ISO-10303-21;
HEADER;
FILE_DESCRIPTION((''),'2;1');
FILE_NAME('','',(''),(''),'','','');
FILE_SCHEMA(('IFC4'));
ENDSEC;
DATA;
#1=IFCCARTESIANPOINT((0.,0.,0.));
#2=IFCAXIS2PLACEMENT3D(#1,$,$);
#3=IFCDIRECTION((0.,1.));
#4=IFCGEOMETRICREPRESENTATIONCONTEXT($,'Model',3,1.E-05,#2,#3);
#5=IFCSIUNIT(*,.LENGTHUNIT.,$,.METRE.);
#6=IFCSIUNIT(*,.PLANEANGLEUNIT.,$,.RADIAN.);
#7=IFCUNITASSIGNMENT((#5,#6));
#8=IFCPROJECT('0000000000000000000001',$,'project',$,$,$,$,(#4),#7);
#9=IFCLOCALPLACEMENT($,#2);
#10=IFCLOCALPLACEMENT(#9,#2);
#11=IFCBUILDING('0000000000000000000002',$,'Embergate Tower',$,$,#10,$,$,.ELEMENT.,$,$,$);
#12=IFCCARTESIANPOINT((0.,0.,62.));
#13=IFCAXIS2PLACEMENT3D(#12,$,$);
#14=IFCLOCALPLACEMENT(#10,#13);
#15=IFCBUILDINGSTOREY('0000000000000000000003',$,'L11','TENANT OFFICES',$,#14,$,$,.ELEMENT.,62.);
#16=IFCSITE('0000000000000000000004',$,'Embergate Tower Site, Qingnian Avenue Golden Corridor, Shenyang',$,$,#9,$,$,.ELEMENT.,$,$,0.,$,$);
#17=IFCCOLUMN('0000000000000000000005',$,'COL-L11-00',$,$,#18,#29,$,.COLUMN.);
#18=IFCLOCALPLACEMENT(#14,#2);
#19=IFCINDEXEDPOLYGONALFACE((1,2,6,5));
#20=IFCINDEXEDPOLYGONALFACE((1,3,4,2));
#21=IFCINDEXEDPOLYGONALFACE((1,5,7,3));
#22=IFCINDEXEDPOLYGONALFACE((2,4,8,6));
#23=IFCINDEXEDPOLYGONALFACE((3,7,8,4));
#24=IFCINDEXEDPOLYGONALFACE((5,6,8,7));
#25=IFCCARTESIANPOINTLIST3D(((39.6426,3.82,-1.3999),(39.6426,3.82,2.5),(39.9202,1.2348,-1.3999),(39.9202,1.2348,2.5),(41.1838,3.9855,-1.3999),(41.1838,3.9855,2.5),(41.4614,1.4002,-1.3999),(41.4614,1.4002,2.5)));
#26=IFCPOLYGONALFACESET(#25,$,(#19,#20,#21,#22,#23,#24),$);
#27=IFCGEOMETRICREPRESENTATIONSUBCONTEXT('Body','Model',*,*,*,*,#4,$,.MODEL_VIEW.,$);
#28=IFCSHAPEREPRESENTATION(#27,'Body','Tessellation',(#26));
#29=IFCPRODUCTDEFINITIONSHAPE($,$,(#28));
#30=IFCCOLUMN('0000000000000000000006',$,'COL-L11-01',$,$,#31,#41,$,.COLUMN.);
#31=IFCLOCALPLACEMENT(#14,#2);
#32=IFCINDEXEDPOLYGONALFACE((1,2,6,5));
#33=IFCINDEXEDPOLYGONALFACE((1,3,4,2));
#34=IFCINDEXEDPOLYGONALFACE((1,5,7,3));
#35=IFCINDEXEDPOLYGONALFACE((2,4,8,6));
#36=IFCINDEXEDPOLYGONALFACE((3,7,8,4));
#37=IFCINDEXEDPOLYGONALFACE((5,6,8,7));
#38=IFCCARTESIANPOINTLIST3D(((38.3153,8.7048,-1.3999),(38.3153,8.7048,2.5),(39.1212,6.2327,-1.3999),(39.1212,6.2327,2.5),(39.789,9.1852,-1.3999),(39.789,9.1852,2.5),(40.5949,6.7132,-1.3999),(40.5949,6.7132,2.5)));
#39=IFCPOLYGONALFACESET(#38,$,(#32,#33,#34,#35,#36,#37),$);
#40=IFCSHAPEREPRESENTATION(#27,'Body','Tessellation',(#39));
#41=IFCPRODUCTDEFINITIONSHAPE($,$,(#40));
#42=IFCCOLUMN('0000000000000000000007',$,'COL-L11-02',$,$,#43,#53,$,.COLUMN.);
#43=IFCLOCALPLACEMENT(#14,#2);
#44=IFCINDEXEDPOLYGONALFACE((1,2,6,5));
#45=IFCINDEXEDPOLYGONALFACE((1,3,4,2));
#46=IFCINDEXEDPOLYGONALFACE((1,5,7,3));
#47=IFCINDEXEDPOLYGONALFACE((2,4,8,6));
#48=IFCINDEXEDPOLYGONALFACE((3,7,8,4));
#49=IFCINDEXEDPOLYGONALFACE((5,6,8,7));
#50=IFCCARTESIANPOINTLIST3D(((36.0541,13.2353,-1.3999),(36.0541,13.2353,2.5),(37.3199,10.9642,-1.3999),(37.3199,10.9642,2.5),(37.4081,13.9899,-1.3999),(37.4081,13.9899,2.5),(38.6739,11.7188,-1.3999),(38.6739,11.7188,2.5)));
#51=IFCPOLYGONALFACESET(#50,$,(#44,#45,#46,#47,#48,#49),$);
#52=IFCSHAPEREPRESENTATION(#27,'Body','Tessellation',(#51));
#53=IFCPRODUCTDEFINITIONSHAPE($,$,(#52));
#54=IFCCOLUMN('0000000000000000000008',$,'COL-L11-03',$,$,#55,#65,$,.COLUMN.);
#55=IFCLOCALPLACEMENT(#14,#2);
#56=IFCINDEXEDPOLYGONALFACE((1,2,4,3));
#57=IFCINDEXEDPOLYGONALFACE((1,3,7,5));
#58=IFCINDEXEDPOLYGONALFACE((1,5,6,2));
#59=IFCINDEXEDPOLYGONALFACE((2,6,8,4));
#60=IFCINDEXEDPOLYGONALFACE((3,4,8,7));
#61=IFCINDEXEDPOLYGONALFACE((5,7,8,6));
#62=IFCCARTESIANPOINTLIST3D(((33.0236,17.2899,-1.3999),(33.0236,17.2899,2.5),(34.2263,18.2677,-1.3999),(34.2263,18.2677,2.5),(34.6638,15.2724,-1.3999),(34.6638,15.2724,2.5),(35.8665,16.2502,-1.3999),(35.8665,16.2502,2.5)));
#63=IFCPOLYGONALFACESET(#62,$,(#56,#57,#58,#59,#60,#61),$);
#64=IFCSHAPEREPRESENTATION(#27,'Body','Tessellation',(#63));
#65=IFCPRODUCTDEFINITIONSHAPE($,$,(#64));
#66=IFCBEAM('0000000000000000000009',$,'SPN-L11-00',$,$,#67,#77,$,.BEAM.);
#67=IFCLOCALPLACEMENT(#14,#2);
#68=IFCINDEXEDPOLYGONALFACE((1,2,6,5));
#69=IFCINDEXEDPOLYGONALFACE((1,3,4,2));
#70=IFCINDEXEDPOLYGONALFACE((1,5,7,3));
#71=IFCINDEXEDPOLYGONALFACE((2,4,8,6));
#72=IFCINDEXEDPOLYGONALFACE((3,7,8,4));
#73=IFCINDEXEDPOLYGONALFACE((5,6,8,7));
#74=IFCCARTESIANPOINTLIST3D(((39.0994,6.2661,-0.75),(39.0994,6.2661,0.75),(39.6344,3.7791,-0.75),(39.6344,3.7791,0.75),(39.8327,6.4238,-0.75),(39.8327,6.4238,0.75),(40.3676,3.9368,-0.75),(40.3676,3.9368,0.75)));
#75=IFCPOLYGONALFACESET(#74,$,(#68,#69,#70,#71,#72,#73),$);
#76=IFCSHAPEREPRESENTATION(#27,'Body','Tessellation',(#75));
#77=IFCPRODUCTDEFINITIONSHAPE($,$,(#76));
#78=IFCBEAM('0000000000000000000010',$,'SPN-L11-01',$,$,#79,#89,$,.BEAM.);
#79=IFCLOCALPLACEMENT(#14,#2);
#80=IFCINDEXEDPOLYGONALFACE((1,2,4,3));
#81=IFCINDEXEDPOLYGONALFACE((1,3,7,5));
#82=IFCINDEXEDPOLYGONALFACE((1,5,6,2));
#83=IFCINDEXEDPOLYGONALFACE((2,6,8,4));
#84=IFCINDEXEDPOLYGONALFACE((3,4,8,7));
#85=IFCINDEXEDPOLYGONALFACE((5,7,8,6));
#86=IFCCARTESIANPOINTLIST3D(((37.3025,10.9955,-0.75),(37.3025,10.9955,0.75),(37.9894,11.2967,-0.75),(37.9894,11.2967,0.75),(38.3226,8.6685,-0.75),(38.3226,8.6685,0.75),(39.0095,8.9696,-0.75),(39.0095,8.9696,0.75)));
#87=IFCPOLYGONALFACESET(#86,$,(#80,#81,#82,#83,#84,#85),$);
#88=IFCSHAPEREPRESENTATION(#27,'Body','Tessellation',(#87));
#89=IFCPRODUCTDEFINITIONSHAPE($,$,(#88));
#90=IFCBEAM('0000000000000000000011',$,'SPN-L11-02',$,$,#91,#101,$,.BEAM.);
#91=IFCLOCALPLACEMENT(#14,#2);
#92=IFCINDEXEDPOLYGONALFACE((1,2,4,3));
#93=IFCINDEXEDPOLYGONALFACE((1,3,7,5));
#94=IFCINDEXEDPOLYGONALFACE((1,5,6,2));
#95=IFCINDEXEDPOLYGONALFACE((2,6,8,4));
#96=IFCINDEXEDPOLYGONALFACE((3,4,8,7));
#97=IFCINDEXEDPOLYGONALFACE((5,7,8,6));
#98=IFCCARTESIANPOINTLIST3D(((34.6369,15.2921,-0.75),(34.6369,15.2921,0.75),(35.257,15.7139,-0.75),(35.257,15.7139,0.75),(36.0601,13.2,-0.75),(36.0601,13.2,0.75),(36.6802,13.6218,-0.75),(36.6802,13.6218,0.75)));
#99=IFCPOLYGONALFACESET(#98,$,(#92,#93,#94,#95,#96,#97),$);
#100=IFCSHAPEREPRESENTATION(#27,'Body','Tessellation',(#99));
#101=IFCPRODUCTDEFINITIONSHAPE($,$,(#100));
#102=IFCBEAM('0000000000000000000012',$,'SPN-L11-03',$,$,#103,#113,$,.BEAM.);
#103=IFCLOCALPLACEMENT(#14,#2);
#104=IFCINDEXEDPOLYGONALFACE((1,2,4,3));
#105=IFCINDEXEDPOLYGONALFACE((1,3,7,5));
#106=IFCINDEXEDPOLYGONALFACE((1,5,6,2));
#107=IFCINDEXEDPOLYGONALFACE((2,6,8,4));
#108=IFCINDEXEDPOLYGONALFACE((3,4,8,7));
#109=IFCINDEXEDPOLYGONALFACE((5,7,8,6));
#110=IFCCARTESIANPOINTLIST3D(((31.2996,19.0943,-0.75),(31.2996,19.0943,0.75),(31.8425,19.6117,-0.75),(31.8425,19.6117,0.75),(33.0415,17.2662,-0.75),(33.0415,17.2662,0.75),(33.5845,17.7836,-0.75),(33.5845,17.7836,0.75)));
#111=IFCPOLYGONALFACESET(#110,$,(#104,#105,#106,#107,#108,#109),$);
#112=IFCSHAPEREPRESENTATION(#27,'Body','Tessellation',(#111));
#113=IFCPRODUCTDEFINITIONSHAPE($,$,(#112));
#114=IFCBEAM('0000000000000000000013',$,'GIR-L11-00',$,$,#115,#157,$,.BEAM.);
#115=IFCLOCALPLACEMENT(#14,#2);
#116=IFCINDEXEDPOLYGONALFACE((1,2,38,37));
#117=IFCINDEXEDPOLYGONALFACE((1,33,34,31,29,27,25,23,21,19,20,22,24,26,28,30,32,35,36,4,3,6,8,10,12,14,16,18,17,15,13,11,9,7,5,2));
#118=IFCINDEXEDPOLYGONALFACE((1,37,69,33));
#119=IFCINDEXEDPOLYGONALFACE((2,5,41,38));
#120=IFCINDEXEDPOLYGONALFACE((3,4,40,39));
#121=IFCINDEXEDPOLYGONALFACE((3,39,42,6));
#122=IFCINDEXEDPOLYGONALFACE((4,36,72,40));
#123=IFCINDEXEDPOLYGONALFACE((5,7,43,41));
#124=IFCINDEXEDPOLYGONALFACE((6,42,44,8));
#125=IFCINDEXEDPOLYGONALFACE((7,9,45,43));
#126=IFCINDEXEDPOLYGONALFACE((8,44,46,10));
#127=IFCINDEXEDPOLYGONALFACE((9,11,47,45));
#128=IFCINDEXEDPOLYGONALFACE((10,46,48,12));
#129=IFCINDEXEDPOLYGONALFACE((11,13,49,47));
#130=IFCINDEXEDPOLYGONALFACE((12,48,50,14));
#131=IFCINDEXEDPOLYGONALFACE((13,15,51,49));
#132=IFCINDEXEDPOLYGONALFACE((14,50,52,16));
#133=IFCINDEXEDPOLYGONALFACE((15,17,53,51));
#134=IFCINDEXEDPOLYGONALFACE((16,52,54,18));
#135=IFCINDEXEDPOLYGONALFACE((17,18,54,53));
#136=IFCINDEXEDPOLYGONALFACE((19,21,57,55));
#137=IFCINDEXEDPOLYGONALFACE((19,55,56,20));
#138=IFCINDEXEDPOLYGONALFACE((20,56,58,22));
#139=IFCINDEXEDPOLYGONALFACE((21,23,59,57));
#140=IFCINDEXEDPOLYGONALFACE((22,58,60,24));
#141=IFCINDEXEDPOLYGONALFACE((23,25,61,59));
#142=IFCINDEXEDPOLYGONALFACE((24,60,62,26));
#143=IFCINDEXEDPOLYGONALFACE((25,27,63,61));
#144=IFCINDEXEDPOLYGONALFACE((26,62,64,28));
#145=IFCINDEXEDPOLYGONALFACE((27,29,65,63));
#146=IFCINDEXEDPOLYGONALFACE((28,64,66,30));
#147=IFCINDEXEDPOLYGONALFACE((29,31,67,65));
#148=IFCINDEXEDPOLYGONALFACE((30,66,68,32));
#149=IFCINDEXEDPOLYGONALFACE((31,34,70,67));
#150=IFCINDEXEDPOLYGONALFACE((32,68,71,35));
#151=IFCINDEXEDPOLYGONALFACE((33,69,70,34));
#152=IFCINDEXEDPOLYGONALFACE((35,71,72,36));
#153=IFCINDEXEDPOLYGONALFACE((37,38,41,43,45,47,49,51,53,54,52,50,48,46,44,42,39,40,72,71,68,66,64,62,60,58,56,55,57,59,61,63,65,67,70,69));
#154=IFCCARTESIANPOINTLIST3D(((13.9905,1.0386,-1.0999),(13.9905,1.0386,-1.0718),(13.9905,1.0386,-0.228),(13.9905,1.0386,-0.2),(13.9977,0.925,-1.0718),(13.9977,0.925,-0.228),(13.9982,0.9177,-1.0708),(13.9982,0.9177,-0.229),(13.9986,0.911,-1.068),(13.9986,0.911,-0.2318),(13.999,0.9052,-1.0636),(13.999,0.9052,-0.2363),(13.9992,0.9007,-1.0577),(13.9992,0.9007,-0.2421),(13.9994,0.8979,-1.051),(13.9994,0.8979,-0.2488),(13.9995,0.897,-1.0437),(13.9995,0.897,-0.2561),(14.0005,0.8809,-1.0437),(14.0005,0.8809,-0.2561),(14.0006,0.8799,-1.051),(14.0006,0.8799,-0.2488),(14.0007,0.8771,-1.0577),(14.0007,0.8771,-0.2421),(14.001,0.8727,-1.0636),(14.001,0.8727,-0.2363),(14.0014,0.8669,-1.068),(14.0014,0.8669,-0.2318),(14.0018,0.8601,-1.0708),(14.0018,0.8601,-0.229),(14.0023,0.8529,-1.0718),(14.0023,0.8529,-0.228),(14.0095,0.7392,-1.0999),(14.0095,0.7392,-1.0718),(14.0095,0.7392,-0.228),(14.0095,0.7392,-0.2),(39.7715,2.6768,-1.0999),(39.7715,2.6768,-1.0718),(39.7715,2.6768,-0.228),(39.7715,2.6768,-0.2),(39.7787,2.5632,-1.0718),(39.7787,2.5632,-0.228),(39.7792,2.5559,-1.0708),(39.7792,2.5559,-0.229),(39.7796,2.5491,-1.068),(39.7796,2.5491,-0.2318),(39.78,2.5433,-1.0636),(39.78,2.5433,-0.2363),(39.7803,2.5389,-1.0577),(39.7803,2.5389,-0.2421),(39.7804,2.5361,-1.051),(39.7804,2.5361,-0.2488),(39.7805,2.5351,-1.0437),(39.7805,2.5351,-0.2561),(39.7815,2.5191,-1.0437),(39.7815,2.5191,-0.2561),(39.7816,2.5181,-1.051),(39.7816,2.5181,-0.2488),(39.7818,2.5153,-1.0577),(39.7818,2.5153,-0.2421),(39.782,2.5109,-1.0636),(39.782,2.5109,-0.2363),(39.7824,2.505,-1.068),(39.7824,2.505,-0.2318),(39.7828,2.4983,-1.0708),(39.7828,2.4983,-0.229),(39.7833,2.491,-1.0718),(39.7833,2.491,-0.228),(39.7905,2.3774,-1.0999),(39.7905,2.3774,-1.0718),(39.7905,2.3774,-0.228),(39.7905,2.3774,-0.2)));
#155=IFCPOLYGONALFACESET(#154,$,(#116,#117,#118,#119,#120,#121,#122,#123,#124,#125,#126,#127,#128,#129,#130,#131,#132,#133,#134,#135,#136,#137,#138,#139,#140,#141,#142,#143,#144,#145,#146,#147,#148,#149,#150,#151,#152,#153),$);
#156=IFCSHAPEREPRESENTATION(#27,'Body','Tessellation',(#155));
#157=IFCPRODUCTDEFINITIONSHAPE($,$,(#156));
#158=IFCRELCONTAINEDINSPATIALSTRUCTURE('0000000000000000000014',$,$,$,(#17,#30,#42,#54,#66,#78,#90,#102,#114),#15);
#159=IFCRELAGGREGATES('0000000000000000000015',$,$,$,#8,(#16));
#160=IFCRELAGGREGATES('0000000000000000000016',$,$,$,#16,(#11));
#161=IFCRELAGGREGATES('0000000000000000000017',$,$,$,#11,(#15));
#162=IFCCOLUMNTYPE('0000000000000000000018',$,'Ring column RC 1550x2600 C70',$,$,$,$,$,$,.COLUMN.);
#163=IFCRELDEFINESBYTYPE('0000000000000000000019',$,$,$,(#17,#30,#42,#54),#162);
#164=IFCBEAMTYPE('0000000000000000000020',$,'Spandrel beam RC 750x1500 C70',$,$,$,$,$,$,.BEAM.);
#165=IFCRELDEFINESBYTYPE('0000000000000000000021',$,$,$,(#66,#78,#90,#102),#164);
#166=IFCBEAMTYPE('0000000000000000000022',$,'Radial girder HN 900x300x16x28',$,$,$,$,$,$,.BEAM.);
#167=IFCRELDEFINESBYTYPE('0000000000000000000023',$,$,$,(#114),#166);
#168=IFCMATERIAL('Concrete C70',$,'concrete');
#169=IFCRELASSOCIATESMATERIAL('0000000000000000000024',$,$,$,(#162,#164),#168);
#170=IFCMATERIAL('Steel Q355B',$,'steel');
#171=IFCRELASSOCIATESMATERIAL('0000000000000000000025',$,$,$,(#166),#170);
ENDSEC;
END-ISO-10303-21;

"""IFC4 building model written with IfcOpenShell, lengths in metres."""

from ifc_helpers import new_model, si_unit, direction, frame, origin, origin_2d, place, context, subcontext, project, spatial, rectangle, i_section, extrude, source, transform, mapped, material, material_profile, profile_set, type_object, element, save


model = new_model("IFC4")

# Units and contexts
model_context = context("Model", 3, precision=1e-05, world=origin(), true_north=direction((0.0, 1.0)))
body_context = subcontext(model_context, "Body", "Model", "MODEL_VIEW")
ifc_project = project(units=[si_unit("LENGTHUNIT", "METRE"), si_unit("PLANEANGLEUNIT", "RADIAN")], contexts=[model_context])

# Site, building, storey
site_placement = place(None, origin())
site = spatial("IfcSite", under=ifc_project, at=site_placement, Name="Embergate Tower Site, Qingnian Avenue Golden Corridor, Shenyang", CompositionType="ELEMENT", RefElevation=0.0)
building_placement = place(site_placement, origin())
building = spatial("IfcBuilding", under=site, at=building_placement, Name="Embergate Tower", CompositionType="ELEMENT")
storey_placement = place(building_placement, frame((0.0, 0.0, 62.0)))
storey = spatial("IfcBuildingStorey", under=building, at=storey_placement, Name="L11", Description="TENANT OFFICES", CompositionType="ELEMENT", Elevation=62.0)

# Columns
ifc_material_1 = material(Name="Concrete C70", Category="concrete")
ifc_material_profile_1 = material_profile(ifc_material_1, rectangle(XDim=1.55, YDim=2.6001, at=origin_2d()), Name="RC 1550x2600")
ifc_profile_set_1 = profile_set([ifc_material_profile_1], Name="Concrete C70")
column_type = type_object("IfcColumnType", Name="Ring column RC 1550x2600 C70", PredefinedType="COLUMN", material=ifc_profile_set_1)
shared_shape_1 = source(origin(), body_context, "Body", "SweptSolid", [
    extrude(rectangle(XDim=1.55, YDim=2.6001, at=origin_2d()), origin(), (0.0, 0.0, 1.0), 3.8999),
])
for number, where, z_axis, x_axis, name in (
    (1, (40.552, 2.6101, -1.3999), (0.0, 0.0, 1.0), (0.994286, 0.10675, 0.0), "COL-L11-00"),
    (2, (39.4551, 7.709, -1.3999), (0.0, 0.0, 1.0), (0.950754, 0.309946, 0.0), "COL-L11-01"),
    (3, (37.364, 12.4771, -1.3999), (0.0, 0.0, 1.0), (0.8735, 0.486823, 0.0), "COL-L11-02"),
    (4, (34.4451, 16.77, -1.3999), (0.0, 0.0, 1.0), (0.775925, 0.630825, 0.0), "COL-L11-03"),
):
    element("IfcColumn", number, at=place(storey_placement, frame(where, z_axis=z_axis, x_axis=x_axis)), inside=storey, type_object=column_type, Name=name, PredefinedType="COLUMN", context=body_context, shape_type="MappedRepresentation", body=[
        mapped(shared_shape_1, transform((0.0, 0.0, 0.0))),
    ])

# Beams
ifc_material_profile_2 = material_profile(ifc_material_1, rectangle(XDim=0.75, YDim=1.5, at=origin_2d()), Name="RC 750x1500")
ifc_profile_set_2 = profile_set([ifc_material_profile_2], Name="Concrete C70")
beam_type_1 = type_object("IfcBeamType", Name="Spandrel beam RC 750x1500 C70", PredefinedType="BEAM", material=ifc_profile_set_2)
shared_shape_2 = source(origin(), body_context, "Body", "SweptSolid", [
    extrude(rectangle(XDim=0.75, YDim=1.5, at=origin_2d()), origin(), (0.0, 0.0, 1.0), 2.5439),
])
beam_1_placement = place(storey_placement, frame((40.001, 3.8579, 0.0), z_axis=(-0.21027, 0.977643, 0.0), x_axis=(-0.977643, -0.21027, 0.0)))
element("IfcBeam", 5, at=beam_1_placement, inside=storey, type_object=beam_type_1, Name="SPN-L11-00", PredefinedType="BEAM", context=body_context, shape_type="MappedRepresentation", body=[
    mapped(shared_shape_2, transform((0.0, 0.0, 0.0))),
])
shared_shape_3 = source(origin(), body_context, "Body", "SweptSolid", [
    extrude(rectangle(XDim=0.75, YDim=1.5, at=origin_2d()), origin(), (0.0, 0.0, 1.0), 2.5408),
])
beam_2_placement = place(storey_placement, frame((38.666, 8.8191, 0.0), z_axis=(-0.401479, 0.915868, 0.0), x_axis=(-0.915868, -0.401479, 0.0)))
element("IfcBeam", 6, at=beam_2_placement, inside=storey, type_object=beam_type_1, Name="SPN-L11-01", PredefinedType="BEAM", context=body_context, shape_type="MappedRepresentation", body=[
    mapped(shared_shape_3, transform((0.0, 0.0, 0.0))),
])
shared_shape_4 = source(origin(), body_context, "Body", "SweptSolid", [
    extrude(rectangle(XDim=0.75, YDim=1.5, at=origin_2d()), origin(), (0.0, 0.0, 1.0), 2.5303),
])
beam_3_placement = place(storey_placement, frame((36.3701, 13.4109, 0.0), z_axis=(-0.562447, 0.826833, 0.0), x_axis=(-0.826833, -0.562447, 0.0)))
element("IfcBeam", 7, at=beam_3_placement, inside=storey, type_object=beam_type_1, Name="SPN-L11-02", PredefinedType="BEAM", context=body_context, shape_type="MappedRepresentation", body=[
    mapped(shared_shape_4, transform((0.0, 0.0, 0.0))),
])
shared_shape_5 = source(origin(), body_context, "Body", "SweptSolid", [
    extrude(rectangle(XDim=0.75, YDim=1.5, at=origin_2d()), origin(), (0.0, 0.0, 1.0), 2.5251),
])
beam_4_placement = place(storey_placement, frame((33.313, 17.5249, 0.0), z_axis=(-0.689836, 0.723965, 0.0), x_axis=(-0.723965, -0.689836, 0.0)))
element("IfcBeam", 8, at=beam_4_placement, inside=storey, type_object=beam_type_1, Name="SPN-L11-03", PredefinedType="BEAM", context=body_context, shape_type="MappedRepresentation", body=[
    mapped(shared_shape_5, transform((0.0, 0.0, 0.0))),
])
ifc_material_2 = material(Name="Steel Q355B", Category="steel")
ifc_material_profile_3 = material_profile(ifc_material_2, i_section(OverallWidth=0.3, OverallDepth=0.8999, WebThickness=0.0161, FlangeThickness=0.0281, FilletRadius=0.0281, at=origin_2d()), Name="HN 900x300x16x28")
ifc_profile_set_3 = profile_set([ifc_material_profile_3], Name="Steel Q355 grade B")
beam_type_2 = type_object("IfcBeamType", Name="Radial girder HN 900x300x16x28", PredefinedType="BEAM", material=ifc_profile_set_3)
shared_shape_6 = source(origin(), body_context, "Body", "SweptSolid", [
    extrude(i_section(OverallWidth=0.3, OverallDepth=0.8999, WebThickness=0.0161, FlangeThickness=0.0281, FilletRadius=0.0281, at=origin_2d()), origin(), (0.0, 0.0, 1.0), 25.833),
])
beam_5_placement = place(storey_placement, frame((39.781, 2.5271, -0.6499), z_axis=(-0.997987, -0.063414, 0.0), x_axis=(0.063414, -0.997987, 0.0)))
element("IfcBeam", 9, at=beam_5_placement, inside=storey, type_object=beam_type_2, Name="GIR-L11-00", PredefinedType="BEAM", context=body_context, shape_type="MappedRepresentation", body=[
    mapped(shared_shape_6, transform((0.0, 0.0, 0.0))),
])

save(model, "model.ifc")
